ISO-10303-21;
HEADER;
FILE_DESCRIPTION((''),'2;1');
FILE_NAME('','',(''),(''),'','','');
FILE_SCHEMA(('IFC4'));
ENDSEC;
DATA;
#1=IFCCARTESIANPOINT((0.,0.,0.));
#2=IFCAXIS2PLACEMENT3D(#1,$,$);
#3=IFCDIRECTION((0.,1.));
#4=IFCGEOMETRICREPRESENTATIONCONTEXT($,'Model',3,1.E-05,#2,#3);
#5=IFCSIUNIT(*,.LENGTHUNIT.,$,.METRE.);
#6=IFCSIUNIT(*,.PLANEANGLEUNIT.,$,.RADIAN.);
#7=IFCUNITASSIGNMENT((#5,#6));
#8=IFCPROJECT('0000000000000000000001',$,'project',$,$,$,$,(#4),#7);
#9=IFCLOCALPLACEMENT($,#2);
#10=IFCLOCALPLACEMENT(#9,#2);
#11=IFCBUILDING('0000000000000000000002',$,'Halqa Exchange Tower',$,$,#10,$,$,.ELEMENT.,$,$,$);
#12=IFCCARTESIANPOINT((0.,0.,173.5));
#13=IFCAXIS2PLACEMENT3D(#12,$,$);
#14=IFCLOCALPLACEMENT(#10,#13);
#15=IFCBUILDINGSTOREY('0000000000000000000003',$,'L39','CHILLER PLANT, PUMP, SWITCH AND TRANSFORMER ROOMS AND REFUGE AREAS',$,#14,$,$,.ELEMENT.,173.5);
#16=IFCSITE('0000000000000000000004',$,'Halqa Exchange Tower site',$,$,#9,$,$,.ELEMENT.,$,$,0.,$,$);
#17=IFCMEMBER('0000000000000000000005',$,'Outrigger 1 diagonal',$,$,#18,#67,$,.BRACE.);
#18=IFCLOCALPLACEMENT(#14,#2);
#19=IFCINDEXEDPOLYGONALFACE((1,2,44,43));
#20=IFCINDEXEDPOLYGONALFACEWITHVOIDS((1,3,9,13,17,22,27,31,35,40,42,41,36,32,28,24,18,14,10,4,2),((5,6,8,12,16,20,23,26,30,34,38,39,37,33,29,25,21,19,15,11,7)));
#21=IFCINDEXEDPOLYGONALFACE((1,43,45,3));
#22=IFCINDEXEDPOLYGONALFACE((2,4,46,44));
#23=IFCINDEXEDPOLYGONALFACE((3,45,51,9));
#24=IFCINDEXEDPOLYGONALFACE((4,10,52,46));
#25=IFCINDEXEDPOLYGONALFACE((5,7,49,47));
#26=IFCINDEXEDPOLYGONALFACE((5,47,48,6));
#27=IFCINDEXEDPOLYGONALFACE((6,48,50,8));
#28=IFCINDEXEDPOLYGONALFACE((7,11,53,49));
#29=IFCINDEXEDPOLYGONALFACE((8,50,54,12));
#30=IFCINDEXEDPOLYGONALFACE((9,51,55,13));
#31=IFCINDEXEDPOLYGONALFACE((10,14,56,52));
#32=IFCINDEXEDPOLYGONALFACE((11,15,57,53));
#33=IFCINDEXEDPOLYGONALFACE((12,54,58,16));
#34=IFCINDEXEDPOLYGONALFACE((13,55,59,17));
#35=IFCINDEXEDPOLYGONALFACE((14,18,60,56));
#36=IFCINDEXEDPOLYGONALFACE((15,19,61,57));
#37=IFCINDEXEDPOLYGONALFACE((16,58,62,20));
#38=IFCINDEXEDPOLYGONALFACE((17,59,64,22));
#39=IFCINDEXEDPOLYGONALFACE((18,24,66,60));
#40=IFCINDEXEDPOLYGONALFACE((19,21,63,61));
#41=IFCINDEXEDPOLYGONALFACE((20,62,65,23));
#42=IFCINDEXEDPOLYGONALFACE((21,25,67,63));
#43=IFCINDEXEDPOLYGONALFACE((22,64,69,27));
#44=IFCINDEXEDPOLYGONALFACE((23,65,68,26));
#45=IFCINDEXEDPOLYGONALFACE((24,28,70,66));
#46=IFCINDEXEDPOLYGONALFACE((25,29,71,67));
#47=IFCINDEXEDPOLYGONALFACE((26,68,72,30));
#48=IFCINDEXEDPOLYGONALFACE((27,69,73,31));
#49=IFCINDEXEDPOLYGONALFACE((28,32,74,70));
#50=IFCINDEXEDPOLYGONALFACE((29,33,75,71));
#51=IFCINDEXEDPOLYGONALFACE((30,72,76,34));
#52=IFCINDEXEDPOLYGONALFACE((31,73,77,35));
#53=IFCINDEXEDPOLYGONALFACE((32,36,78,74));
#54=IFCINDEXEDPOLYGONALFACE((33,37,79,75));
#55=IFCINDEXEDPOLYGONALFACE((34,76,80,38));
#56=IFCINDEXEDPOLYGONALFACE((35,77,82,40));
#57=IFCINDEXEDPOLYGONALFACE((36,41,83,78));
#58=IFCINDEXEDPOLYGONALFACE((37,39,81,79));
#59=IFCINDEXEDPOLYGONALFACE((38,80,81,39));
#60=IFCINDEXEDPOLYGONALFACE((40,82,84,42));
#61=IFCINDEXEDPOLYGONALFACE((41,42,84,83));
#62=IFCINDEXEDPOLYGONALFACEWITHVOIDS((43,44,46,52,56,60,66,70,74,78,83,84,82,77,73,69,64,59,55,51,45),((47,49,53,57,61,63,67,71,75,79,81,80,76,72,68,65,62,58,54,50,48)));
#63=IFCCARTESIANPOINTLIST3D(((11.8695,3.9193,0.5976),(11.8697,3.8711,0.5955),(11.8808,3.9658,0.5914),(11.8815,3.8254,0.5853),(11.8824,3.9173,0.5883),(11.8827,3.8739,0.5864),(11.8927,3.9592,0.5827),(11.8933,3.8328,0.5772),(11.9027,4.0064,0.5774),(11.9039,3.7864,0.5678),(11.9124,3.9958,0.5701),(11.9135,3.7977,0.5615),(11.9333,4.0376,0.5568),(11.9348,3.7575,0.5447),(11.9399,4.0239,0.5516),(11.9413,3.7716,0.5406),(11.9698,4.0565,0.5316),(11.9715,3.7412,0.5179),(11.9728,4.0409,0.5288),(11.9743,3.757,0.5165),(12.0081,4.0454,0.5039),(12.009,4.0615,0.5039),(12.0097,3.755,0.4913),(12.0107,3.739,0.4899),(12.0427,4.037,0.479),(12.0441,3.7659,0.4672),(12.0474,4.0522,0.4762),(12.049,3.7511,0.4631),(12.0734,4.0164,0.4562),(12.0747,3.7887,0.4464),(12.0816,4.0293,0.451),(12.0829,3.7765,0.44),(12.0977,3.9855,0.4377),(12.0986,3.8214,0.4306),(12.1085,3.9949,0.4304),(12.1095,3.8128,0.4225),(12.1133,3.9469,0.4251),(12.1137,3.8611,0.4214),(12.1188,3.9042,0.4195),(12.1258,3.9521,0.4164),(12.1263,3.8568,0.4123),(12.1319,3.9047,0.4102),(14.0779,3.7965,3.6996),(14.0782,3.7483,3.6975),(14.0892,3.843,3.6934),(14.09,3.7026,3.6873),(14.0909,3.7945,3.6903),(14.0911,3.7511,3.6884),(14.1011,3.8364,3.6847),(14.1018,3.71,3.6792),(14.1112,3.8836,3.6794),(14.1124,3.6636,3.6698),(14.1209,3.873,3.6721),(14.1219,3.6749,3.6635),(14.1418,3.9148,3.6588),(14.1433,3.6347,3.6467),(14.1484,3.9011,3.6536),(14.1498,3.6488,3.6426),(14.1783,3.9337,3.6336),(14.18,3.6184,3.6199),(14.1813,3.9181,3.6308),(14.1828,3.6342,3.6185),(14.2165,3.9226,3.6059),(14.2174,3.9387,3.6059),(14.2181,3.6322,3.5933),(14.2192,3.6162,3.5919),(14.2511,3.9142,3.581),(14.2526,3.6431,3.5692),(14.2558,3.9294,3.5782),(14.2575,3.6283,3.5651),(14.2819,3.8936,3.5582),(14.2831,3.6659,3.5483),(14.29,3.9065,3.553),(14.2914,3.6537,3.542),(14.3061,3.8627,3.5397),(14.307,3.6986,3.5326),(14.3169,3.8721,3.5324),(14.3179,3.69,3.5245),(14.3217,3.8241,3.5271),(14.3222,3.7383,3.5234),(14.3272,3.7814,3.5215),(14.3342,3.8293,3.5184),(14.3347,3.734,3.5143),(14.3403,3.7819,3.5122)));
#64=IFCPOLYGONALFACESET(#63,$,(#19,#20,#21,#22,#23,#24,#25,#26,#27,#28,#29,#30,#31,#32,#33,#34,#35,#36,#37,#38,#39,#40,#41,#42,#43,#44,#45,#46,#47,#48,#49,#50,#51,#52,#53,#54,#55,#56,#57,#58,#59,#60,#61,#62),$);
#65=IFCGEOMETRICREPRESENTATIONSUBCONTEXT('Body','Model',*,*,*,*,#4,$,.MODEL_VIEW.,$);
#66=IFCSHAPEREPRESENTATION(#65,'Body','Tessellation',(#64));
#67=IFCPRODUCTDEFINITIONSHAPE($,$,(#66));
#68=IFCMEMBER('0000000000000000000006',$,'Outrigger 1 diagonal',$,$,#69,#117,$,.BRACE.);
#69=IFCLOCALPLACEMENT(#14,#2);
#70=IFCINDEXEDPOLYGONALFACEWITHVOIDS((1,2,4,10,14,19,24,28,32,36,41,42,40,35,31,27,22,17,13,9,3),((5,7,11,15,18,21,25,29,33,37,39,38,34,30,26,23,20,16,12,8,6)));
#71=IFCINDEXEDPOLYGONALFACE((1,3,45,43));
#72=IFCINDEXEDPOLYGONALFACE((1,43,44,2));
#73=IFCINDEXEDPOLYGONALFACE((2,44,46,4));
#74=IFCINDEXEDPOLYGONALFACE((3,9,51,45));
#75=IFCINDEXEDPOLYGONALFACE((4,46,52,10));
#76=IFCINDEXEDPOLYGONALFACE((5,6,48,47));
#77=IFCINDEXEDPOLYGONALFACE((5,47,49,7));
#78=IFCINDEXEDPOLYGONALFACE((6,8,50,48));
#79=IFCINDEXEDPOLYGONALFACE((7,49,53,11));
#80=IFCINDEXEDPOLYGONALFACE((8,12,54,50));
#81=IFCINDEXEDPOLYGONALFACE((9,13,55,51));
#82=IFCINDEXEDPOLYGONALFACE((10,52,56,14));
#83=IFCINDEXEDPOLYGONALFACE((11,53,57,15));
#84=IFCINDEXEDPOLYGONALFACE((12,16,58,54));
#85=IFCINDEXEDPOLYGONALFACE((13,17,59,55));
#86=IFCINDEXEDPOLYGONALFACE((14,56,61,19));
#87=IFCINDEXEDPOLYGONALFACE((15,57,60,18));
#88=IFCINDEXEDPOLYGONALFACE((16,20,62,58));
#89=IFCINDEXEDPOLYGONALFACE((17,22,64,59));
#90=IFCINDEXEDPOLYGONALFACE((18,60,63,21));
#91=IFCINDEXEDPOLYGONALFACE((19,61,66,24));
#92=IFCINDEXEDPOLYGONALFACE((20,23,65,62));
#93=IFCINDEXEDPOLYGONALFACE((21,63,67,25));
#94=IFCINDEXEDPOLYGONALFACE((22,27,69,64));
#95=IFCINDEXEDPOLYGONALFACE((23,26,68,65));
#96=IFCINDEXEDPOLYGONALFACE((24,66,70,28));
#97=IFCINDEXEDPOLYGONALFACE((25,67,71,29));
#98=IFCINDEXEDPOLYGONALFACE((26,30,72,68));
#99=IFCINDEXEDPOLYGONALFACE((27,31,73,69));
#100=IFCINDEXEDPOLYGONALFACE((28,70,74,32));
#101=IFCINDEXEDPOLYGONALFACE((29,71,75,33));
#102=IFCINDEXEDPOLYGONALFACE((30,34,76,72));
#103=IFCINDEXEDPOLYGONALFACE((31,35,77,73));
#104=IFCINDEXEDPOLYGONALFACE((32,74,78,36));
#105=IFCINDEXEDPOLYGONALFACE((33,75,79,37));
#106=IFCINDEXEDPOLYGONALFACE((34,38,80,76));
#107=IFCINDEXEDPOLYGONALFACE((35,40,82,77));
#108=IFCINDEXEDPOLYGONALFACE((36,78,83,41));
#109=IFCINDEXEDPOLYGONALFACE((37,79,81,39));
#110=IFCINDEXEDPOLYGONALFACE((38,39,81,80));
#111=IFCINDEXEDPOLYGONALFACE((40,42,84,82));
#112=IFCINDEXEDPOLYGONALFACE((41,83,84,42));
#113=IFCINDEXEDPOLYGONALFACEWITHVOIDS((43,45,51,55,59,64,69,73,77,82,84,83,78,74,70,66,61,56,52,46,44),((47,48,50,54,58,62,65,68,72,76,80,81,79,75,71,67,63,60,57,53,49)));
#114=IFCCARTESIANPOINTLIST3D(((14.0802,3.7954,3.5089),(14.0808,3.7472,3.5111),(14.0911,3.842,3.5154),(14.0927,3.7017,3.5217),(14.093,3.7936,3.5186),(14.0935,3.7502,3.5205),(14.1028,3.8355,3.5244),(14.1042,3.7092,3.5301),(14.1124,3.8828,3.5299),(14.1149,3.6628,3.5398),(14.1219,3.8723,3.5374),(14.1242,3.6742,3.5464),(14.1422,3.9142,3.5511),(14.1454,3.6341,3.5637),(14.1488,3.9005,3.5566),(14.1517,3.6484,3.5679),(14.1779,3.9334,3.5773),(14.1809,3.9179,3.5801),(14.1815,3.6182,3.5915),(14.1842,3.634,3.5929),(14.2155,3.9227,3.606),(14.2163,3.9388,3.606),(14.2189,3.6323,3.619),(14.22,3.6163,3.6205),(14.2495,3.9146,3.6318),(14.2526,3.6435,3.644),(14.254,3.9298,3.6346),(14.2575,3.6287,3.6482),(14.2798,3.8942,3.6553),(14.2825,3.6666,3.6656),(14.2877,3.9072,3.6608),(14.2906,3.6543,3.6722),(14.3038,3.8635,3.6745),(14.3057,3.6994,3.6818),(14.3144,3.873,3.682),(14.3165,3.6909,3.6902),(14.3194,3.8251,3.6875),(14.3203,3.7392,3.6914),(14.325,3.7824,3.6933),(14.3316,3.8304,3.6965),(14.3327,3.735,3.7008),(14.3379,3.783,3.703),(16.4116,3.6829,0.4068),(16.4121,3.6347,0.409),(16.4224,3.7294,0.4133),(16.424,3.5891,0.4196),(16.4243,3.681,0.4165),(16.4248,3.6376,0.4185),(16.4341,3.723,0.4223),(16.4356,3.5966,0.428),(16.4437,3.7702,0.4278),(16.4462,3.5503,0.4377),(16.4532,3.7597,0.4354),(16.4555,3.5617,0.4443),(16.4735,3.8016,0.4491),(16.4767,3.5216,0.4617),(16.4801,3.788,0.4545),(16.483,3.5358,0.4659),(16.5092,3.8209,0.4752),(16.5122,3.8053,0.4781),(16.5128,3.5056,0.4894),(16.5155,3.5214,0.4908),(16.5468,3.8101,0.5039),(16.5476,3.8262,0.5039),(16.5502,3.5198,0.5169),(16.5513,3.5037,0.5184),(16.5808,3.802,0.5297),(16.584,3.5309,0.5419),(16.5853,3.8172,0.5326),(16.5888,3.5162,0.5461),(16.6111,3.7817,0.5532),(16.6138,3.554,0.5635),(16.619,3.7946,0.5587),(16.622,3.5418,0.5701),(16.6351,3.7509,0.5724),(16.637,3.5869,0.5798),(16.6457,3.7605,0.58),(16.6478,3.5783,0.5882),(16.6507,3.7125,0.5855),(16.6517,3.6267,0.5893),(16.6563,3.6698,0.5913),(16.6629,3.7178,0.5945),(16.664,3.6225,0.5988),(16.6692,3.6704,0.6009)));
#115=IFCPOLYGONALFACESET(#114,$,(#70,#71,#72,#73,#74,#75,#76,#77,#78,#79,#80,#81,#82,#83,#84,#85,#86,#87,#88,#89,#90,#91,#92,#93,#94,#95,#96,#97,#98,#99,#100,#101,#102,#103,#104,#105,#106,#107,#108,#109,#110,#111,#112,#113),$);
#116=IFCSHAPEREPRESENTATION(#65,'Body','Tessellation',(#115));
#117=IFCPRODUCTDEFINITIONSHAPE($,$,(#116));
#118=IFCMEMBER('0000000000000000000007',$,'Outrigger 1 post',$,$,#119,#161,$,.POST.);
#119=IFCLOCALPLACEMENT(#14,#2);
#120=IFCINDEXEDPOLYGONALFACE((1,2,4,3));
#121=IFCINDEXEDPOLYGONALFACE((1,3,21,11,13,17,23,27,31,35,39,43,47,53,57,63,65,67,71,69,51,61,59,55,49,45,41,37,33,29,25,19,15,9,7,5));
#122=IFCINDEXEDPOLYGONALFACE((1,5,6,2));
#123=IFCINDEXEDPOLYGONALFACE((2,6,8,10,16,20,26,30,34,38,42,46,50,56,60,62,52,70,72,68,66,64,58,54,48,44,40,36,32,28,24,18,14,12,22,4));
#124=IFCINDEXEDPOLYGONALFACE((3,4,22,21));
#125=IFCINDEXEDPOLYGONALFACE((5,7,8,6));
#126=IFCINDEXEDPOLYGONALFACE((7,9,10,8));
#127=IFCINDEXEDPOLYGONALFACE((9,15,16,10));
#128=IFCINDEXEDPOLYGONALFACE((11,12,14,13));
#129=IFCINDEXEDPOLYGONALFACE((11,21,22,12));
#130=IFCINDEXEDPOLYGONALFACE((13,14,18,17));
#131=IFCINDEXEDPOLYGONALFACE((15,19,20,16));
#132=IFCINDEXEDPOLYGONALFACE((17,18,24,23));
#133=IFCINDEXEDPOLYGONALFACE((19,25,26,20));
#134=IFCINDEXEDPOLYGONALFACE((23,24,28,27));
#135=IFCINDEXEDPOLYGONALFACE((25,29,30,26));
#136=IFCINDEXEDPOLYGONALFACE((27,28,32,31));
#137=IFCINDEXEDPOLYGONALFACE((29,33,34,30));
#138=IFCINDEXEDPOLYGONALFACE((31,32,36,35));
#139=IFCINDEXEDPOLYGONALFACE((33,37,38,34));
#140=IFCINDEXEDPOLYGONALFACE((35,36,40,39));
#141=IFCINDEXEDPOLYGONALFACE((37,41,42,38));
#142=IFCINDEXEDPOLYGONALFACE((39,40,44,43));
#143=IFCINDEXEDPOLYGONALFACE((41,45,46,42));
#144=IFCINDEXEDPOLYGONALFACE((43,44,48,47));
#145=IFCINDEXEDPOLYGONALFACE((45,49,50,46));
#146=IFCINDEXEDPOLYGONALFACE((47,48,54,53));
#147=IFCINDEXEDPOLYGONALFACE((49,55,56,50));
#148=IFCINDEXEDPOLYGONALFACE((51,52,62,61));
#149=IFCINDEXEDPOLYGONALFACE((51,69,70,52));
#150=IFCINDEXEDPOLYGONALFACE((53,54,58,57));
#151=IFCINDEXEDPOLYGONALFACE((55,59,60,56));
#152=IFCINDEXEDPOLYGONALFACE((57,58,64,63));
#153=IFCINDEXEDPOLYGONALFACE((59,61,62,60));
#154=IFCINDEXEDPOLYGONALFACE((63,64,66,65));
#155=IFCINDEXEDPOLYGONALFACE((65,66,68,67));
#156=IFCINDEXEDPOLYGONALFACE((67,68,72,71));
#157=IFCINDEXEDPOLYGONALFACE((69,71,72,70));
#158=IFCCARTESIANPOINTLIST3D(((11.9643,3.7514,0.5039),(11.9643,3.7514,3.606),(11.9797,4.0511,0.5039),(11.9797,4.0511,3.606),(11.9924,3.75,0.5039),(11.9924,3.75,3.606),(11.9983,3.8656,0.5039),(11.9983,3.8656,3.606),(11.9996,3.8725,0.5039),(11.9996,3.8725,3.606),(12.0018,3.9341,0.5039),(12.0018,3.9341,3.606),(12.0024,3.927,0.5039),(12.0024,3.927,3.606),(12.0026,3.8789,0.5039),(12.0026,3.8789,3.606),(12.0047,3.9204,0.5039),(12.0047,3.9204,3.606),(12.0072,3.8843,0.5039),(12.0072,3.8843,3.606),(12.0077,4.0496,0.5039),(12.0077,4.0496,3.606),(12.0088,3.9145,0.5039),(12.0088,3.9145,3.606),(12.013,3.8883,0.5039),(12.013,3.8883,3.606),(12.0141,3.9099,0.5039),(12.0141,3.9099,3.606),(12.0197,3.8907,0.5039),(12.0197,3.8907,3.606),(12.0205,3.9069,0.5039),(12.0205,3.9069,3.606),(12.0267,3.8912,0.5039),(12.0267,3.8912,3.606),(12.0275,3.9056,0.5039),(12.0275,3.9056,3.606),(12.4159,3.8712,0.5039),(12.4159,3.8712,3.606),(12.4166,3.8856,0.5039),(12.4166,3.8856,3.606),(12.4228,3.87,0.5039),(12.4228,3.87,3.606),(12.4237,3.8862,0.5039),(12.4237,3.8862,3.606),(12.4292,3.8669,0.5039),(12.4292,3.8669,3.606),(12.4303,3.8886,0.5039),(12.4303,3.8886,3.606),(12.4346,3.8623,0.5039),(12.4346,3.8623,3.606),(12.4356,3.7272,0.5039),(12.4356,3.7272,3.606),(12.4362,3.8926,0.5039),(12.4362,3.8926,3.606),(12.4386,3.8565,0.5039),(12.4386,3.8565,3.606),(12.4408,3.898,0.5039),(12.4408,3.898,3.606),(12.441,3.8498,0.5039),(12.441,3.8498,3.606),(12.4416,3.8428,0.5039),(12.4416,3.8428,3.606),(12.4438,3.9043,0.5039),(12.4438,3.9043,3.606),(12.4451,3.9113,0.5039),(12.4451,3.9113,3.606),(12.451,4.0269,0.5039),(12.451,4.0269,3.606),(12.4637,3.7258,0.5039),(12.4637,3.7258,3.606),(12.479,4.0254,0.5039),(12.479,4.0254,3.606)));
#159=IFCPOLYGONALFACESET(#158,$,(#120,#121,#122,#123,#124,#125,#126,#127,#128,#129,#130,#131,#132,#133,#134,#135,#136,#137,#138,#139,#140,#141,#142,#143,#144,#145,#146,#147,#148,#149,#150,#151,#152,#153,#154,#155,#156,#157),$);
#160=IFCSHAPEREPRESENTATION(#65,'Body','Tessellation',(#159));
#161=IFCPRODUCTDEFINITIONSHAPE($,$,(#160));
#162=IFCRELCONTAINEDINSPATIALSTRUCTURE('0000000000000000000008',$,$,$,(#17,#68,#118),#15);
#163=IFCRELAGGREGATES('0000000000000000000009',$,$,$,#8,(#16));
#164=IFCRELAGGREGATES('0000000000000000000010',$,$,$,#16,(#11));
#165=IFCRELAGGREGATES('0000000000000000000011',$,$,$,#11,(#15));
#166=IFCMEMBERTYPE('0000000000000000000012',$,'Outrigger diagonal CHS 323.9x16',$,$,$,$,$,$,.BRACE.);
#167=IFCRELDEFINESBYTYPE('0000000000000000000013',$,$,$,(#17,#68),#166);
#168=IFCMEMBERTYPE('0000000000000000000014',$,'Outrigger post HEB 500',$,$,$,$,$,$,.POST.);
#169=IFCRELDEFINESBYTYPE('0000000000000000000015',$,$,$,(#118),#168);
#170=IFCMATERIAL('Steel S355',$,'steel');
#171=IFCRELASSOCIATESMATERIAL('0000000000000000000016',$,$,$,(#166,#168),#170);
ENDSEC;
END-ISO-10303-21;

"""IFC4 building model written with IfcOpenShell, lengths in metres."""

from ifc_helpers import new_model, si_unit, direction, frame, origin, origin_2d, place, context, subcontext, project, spatial, hollow_circle, i_section, extrude, material, material_profile, profile_set, type_object, element, save


model = new_model("IFC4")

# Units and contexts
model_context = context("Model", 3, precision=1e-05, world=origin(), true_north=direction((0.0, 1.0)))
body_context = subcontext(model_context, "Body", "Model", "MODEL_VIEW")
ifc_project = project(units=[si_unit("LENGTHUNIT", "METRE"), si_unit("PLANEANGLEUNIT", "RADIAN")], contexts=[model_context])

# Site, building, storey
site_placement = place(None, origin())
site = spatial("IfcSite", under=ifc_project, at=site_placement, Name="Halqa Exchange Tower site", CompositionType="ELEMENT", RefElevation=0.0)
building_placement = place(site_placement, origin())
building = spatial("IfcBuilding", under=site, at=building_placement, Name="Halqa Exchange Tower", CompositionType="ELEMENT")
storey_placement = place(building_placement, frame((0.0, 0.0, 173.5)))
storey = spatial("IfcBuildingStorey", under=building, at=storey_placement, Name="L39", Description="CHILLER PLANT, PUMP, SWITCH AND TRANSFORMER ROOMS AND REFUGE AREAS", CompositionType="ELEMENT", Elevation=173.5)

# Shared definitions
ifc_material_1 = material(Name="Steel S355", Category="steel")

# Members
ifc_material_profile_1 = material_profile(ifc_material_1, hollow_circle(Radius=0.1619, WallThickness=0.0161, at=origin_2d()), Name="CHS 323.9x16")
ifc_profile_set_1 = profile_set([ifc_material_profile_1], Name="Steel S355")
member_type_1 = type_object("IfcMemberType", Name="Outrigger diagonal CHS 323.9x16", PredefinedType="BRACE", material=ifc_profile_set_1)
member_1_placement = place(storey_placement, frame((12.0, 3.8999, 0.5039), z_axis=(0.579675, -0.032233, 0.81421), x_axis=(0.055519, 0.998458, 0.0)))
element("IfcMember", 1, at=member_1_placement, inside=storey, type_object=member_type_1, Name="Outrigger 1 diagonal", PredefinedType="BRACE", context=body_context, shape_type="SweptSolid", body=[
    extrude(hollow_circle(Radius=0.1619, WallThickness=0.0161, at=origin_2d()), origin(), (0.0, 0.0, 1.0), 3.8098),
])
member_2_placement = place(storey_placement, frame((14.2085, 3.7771, 3.606), z_axis=(0.600532, -0.028992, -0.799075), x_axis=(0.048221, 0.998837, 0.0)))
element("IfcMember", 2, at=member_2_placement, inside=storey, type_object=member_type_1, Name="Outrigger 1 diagonal", PredefinedType="BRACE", context=body_context, shape_type="SweptSolid", body=[
    extrude(hollow_circle(Radius=0.1619, WallThickness=0.0161, at=origin_2d()), origin(), (0.0, 0.0, 1.0), 3.8821),
])
ifc_material_profile_2 = material_profile(ifc_material_1, i_section(OverallWidth=0.3, OverallDepth=0.5, WebThickness=0.0144, FlangeThickness=0.0281, FilletRadius=0.0271, at=origin_2d()), Name="HEB 500")
ifc_profile_set_2 = profile_set([ifc_material_profile_2], Name="Steel S355")
member_type_2 = type_object("IfcMemberType", Name="Outrigger post HEB 500", PredefinedType="POST", material=ifc_profile_set_2)
member_3_placement = place(storey_placement, frame((12.2217, 3.8884, 0.5039), z_axis=(0.0, 0.0, 1.0), x_axis=(0.051308, 0.998683, 0.0)))
element("IfcMember", 3, at=member_3_placement, inside=storey, type_object=member_type_2, Name="Outrigger 1 post", PredefinedType="POST", context=body_context, shape_type="SweptSolid", body=[
    extrude(i_section(OverallWidth=0.3, OverallDepth=0.5, WebThickness=0.0144, FlangeThickness=0.0281, FilletRadius=0.0271, at=origin_2d()), origin(), (0.0, 0.0, 1.0), 3.1021),
])

save(model, "model.ifc")
